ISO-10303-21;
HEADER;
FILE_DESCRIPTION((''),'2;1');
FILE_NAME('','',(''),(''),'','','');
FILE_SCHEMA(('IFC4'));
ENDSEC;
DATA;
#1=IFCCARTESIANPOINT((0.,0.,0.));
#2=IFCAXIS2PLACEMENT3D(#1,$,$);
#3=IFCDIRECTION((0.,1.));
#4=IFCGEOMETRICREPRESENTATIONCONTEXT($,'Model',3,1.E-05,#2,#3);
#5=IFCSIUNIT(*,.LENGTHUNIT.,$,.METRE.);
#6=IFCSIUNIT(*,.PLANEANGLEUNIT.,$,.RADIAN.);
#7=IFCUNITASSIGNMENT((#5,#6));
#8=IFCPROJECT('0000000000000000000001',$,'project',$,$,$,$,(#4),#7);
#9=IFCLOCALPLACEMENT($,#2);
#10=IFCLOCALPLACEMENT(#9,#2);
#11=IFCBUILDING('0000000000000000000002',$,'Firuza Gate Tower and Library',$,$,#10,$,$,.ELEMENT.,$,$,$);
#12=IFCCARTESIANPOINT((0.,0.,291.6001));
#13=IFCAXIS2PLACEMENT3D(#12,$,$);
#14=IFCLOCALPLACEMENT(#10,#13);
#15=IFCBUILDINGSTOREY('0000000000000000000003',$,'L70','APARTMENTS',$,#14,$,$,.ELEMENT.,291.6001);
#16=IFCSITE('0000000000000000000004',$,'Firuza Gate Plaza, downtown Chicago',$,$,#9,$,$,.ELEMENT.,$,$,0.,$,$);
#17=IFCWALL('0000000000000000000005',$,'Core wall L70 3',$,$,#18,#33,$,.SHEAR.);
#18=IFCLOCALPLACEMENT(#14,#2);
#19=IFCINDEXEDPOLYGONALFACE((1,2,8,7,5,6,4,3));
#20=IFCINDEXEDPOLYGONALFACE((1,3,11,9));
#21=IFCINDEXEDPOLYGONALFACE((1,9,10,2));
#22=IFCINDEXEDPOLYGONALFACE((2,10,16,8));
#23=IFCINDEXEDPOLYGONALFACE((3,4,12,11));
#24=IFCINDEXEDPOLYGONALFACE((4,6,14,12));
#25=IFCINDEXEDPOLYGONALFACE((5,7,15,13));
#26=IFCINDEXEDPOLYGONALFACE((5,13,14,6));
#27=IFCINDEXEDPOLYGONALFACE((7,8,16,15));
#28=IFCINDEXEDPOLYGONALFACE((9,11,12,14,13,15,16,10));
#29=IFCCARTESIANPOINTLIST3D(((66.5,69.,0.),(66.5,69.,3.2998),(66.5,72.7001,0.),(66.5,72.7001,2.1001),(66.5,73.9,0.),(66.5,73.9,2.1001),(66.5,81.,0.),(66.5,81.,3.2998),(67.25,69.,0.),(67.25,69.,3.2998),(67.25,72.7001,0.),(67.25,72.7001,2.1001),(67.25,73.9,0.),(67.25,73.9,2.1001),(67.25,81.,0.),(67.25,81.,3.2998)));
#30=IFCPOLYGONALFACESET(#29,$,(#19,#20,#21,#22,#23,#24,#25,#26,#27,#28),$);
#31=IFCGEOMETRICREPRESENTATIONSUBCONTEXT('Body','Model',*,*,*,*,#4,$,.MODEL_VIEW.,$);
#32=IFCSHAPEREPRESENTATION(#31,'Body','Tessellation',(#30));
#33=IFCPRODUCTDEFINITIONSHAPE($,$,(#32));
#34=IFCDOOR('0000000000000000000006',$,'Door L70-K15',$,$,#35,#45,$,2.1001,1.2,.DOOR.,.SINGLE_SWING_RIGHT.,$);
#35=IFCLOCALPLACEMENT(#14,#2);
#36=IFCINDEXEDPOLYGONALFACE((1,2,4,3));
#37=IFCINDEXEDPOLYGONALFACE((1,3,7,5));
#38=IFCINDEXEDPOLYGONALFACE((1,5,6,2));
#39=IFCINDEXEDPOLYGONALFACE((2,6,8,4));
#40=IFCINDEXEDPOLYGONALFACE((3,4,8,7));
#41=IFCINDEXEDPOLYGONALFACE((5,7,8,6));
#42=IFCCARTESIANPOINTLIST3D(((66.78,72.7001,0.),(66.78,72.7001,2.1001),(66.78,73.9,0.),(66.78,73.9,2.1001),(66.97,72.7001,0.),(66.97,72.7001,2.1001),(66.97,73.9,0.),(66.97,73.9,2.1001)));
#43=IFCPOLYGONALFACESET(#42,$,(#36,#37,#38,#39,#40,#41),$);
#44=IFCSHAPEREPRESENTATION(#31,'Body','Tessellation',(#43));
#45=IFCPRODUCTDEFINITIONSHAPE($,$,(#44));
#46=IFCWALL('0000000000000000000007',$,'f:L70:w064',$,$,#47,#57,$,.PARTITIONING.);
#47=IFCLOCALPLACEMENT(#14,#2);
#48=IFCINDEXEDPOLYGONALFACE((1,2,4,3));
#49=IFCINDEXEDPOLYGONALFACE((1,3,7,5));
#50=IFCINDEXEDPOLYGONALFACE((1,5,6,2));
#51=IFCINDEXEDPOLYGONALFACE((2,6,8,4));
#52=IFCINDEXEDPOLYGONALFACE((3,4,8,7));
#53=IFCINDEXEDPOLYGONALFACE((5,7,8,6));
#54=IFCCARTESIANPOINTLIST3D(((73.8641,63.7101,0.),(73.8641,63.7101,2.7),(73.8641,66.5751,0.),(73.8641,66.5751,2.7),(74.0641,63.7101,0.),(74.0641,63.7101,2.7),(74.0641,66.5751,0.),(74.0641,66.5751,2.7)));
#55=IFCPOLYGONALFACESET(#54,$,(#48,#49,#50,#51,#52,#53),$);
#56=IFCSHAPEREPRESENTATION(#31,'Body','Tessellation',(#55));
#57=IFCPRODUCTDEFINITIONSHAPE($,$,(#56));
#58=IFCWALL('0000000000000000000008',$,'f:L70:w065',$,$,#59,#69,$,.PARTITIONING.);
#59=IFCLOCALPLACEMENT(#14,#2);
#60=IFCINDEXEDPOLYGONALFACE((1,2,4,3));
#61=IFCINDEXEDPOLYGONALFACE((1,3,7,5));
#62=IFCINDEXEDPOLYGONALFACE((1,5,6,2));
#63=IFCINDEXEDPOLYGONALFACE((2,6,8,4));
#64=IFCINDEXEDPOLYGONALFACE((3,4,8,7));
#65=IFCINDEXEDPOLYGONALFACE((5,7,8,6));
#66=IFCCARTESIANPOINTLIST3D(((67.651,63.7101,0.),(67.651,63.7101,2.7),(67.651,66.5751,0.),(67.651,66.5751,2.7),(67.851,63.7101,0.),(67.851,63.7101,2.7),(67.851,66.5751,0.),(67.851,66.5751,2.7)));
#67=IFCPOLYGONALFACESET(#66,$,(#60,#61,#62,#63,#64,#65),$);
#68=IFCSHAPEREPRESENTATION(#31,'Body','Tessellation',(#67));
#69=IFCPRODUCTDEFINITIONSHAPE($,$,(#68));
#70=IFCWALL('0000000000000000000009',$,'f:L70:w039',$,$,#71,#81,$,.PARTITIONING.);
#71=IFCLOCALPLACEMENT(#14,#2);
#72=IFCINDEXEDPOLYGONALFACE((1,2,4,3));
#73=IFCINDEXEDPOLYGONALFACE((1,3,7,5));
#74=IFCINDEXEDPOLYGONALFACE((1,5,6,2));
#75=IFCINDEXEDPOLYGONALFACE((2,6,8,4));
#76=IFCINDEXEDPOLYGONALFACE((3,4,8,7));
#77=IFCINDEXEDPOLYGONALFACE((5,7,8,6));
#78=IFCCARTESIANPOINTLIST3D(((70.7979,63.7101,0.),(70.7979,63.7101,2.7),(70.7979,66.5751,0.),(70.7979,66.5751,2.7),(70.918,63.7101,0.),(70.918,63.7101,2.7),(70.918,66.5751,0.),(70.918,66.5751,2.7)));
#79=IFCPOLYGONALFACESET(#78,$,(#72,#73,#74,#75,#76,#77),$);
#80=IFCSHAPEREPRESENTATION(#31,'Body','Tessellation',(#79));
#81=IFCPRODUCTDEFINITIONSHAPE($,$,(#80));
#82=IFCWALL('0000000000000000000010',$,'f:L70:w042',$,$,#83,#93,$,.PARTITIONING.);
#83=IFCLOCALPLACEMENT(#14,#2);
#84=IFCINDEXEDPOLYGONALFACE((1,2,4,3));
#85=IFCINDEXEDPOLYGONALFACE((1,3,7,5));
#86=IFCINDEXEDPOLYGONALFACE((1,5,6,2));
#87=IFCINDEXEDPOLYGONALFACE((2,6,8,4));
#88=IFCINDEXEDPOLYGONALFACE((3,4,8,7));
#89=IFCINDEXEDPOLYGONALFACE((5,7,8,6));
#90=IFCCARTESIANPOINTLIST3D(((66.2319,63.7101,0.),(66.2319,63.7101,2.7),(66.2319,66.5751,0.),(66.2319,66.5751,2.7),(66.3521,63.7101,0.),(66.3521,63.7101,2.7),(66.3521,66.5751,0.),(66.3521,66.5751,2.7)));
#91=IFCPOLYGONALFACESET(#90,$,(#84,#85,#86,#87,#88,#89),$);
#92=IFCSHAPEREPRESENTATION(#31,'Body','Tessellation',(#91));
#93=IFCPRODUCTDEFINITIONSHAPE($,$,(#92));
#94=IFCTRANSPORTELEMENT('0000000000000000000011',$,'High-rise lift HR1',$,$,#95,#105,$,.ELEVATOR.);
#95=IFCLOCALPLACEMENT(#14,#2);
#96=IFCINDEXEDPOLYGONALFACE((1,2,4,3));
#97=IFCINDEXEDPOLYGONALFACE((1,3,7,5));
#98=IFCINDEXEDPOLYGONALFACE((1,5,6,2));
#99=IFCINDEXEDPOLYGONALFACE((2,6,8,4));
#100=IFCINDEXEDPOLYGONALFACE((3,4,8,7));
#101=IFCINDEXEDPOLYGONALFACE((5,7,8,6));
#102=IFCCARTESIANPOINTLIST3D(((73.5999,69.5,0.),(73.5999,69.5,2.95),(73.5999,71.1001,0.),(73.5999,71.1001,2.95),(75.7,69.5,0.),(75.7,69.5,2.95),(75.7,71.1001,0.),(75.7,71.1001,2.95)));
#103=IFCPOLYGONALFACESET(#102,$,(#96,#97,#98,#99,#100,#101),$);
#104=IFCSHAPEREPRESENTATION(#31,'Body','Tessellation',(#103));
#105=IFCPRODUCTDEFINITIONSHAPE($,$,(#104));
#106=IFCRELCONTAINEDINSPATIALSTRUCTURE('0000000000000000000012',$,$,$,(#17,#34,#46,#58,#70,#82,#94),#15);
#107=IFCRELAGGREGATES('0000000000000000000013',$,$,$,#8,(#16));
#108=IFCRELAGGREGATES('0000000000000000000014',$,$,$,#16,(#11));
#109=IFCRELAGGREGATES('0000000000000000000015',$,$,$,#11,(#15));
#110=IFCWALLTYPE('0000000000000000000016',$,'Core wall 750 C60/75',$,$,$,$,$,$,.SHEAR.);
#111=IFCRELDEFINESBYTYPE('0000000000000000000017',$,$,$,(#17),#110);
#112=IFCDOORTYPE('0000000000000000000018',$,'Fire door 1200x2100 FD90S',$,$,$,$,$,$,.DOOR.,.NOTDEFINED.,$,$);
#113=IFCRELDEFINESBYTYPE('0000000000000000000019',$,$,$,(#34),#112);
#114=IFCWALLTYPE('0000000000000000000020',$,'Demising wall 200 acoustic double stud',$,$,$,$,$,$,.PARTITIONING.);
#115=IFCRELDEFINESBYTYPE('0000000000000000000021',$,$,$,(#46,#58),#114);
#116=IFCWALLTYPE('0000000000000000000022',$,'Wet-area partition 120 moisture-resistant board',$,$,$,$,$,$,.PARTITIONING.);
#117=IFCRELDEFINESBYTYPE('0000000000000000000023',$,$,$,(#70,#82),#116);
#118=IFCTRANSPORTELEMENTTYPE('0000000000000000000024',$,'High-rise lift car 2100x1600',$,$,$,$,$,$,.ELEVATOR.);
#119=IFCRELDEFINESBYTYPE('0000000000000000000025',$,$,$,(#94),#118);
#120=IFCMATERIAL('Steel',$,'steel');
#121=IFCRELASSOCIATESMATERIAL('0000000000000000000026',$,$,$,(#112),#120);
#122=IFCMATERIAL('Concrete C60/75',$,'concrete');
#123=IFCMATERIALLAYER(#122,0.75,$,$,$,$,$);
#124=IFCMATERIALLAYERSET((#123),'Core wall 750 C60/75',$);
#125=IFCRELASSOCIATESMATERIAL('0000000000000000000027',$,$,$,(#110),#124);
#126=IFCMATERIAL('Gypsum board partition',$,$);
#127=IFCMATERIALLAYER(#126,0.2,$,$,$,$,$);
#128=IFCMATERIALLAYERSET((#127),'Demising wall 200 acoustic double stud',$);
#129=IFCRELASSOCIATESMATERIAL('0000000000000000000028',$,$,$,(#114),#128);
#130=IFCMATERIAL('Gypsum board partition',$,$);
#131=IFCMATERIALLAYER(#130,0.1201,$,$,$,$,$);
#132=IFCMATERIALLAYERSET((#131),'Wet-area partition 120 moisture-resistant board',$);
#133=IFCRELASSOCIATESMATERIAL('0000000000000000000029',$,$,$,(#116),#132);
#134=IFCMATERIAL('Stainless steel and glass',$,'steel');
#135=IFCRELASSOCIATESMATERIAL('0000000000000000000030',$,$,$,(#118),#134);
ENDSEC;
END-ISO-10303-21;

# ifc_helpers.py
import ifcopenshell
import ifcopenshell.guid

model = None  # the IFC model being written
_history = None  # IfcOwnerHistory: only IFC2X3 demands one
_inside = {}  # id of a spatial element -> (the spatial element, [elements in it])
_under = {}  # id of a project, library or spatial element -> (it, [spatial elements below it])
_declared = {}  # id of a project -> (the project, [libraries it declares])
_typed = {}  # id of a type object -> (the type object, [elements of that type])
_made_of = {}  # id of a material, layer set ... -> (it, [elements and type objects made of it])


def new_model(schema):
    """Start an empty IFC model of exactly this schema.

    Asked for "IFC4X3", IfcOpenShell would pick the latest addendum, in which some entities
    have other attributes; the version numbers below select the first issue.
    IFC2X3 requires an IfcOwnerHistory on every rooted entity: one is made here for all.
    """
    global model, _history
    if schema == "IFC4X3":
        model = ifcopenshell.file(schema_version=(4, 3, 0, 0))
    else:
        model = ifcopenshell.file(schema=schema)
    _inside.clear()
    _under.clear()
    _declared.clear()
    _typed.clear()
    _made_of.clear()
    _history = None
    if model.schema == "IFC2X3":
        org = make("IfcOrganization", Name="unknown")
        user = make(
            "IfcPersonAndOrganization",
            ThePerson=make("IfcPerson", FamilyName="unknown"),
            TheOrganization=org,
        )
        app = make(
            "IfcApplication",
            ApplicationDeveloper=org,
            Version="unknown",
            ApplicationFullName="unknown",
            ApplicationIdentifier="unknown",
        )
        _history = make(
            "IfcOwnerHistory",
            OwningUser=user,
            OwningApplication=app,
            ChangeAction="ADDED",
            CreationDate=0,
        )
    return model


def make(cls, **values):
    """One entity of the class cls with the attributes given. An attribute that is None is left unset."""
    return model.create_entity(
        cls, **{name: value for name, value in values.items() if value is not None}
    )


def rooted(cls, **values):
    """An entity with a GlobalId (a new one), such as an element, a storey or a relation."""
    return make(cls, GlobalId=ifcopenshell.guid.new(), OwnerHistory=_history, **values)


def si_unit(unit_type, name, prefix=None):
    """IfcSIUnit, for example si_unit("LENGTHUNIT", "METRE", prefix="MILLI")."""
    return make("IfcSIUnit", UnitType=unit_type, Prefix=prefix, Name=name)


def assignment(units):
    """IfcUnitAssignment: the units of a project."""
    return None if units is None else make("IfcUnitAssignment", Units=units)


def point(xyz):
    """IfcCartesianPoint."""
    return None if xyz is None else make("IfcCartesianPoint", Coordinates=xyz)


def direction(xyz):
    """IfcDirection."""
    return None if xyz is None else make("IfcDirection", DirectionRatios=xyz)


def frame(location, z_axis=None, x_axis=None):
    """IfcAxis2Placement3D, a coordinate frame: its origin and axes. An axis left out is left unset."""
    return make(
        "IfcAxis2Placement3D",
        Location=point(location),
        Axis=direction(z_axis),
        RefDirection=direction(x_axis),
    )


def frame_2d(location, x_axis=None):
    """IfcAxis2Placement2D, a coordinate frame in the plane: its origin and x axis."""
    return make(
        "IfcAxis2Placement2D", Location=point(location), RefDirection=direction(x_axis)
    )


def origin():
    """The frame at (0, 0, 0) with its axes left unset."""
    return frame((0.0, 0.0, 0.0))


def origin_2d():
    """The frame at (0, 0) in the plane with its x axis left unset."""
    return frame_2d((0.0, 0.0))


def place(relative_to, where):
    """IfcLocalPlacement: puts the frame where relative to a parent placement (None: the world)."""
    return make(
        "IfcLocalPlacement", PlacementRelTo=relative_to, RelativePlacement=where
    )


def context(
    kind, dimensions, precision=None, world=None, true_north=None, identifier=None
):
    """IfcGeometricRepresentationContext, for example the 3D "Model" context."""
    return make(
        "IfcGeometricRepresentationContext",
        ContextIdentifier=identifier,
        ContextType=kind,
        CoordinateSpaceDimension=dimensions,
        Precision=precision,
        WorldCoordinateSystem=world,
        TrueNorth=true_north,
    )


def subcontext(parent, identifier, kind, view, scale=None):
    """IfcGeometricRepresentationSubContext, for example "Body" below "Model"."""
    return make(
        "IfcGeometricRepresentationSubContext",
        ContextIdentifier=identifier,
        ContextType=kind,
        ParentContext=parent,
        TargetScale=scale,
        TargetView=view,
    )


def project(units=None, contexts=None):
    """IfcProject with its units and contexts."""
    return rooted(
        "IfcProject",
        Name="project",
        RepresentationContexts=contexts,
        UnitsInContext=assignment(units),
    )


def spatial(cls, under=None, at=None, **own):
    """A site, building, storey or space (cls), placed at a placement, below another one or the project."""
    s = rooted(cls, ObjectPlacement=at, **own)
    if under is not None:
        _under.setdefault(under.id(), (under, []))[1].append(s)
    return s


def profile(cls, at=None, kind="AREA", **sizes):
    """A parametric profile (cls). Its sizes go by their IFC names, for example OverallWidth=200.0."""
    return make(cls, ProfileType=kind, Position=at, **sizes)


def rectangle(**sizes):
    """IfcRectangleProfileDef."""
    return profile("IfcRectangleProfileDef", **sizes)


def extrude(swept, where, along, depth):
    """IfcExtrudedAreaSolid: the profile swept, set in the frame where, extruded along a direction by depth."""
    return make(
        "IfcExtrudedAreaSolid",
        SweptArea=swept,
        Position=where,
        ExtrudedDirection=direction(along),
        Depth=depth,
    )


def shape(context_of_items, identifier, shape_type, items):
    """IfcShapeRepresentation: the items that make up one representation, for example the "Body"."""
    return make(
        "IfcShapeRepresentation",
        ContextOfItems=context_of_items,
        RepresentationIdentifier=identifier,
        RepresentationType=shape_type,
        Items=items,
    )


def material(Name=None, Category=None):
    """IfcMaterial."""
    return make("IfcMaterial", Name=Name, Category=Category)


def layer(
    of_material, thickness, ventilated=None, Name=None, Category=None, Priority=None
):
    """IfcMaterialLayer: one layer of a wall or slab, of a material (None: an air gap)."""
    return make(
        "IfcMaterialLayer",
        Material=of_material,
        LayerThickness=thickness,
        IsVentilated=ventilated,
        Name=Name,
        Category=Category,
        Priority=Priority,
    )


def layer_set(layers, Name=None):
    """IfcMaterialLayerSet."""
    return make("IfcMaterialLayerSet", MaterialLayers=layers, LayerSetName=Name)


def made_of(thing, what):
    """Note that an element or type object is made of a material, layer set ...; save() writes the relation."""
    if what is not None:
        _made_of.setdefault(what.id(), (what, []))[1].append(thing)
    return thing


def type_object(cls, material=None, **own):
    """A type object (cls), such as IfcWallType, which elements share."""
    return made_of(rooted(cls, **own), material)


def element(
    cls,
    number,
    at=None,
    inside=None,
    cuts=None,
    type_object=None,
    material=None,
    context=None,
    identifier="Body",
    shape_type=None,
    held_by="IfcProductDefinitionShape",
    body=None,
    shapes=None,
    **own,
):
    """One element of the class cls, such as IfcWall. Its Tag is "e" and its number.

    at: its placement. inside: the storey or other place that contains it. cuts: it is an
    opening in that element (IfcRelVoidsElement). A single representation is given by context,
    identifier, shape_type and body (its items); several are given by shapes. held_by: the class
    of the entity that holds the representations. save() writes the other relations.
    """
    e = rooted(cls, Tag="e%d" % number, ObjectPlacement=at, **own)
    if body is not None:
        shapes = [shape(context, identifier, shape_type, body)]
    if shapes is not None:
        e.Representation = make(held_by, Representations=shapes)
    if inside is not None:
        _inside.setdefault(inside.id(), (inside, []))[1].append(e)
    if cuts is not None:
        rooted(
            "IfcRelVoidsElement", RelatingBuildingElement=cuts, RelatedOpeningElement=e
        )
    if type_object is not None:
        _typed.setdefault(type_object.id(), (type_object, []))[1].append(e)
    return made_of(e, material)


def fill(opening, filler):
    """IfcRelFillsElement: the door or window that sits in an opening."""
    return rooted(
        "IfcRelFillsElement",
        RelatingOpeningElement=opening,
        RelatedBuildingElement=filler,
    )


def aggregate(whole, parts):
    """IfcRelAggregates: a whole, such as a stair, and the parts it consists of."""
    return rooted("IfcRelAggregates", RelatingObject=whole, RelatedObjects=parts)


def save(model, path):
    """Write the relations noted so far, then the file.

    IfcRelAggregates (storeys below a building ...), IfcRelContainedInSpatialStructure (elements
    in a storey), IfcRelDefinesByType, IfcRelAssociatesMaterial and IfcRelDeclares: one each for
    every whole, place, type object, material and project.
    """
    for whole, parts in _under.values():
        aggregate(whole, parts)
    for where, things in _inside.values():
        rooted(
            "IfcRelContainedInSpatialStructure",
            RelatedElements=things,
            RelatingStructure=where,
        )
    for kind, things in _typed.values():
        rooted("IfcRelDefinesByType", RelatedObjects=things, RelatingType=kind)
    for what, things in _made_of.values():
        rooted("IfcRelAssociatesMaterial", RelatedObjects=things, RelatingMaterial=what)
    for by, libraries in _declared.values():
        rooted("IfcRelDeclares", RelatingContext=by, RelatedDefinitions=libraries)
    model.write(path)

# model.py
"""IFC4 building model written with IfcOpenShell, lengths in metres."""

from ifc_helpers import new_model, si_unit, direction, frame, frame_2d, origin, origin_2d, place, context, subcontext, project, spatial, rectangle, extrude, material, layer, layer_set, type_object, element, fill, save


model = new_model("IFC4")

# Units and contexts
model_context = context("Model", 3, precision=1e-05, world=origin(), true_north=direction((0.0, 1.0)))
body_context = subcontext(model_context, "Body", "Model", "MODEL_VIEW")
ifc_project = project(units=[si_unit("LENGTHUNIT", "METRE"), si_unit("PLANEANGLEUNIT", "RADIAN")], contexts=[model_context])

# Site, building, storey
site_placement = place(None, origin())
site = spatial("IfcSite", under=ifc_project, at=site_placement, Name="Firuza Gate Plaza, downtown Chicago", CompositionType="ELEMENT", RefElevation=0.0)
building_placement = place(site_placement, origin())
building = spatial("IfcBuilding", under=site, at=building_placement, Name="Firuza Gate Tower and Library", CompositionType="ELEMENT")
storey_placement = place(building_placement, frame((0.0, 0.0, 291.6001)))
storey = spatial("IfcBuildingStorey", under=building, at=storey_placement, Name="L70", Description="APARTMENTS", CompositionType="ELEMENT", Elevation=291.6001)

# Shared definitions
ifc_material_1 = material(Name="Steel", Category="steel")
door_type_1 = type_object("IfcDoorType", Name="Fire door 1200x2100 FD90S", OperationType="NOTDEFINED", PredefinedType="DOOR", material=ifc_material_1)

# Wall, opening, door
ifc_material_2 = material(Name="Concrete C60/75", Category="concrete")
ifc_layer_1 = layer(ifc_material_2, 0.75)
ifc_layer_set_1 = layer_set([ifc_layer_1], Name="Core wall 750 C60/75")
wall_type_1 = type_object("IfcWallType", Name="Core wall 750 C60/75", PredefinedType="SHEAR", material=ifc_layer_set_1)
wall_1_placement = place(storey_placement, frame((66.875, 69.0, 0.0), z_axis=(0.0, 0.0, 1.0), x_axis=(0.0, 1.0, 0.0)))
wall_1 = element("IfcWall", 1, at=wall_1_placement, inside=storey, type_object=wall_type_1, Name="Core wall L70 3", PredefinedType="SHEAR", context=body_context, shape_type="SweptSolid", body=[
    extrude(rectangle(XDim=12.0, YDim=0.75, at=frame_2d((6.0, 0.0))), origin(), (0.0, 0.0, 1.0), 3.2998),
])
opening_1_placement = place(wall_1_placement, frame((3.7, 0.0, 0.0)))
opening_1 = element("IfcOpeningElement", 2, at=opening_1_placement, cuts=wall_1, PredefinedType="OPENING", context=body_context, shape_type="SweptSolid", body=[
    extrude(rectangle(XDim=1.2, YDim=2.1001, at=frame_2d((0.6001, 1.05))), frame((0.0, 0.385, 0.0), z_axis=(0.0, -1.0, 0.0), x_axis=(1.0, 0.0, 0.0)), (0.0, 0.0, 1.0), 0.77),
])
door_1_placement = place(opening_1_placement, origin())
door_1 = element("IfcDoor", 3, at=door_1_placement, inside=storey, type_object=door_type_1, Name="Door L70-K15", OperationType="SINGLE_SWING_RIGHT", OverallHeight=2.1001, OverallWidth=1.2, PredefinedType="DOOR", context=body_context, shape_type="SweptSolid", body=[
    extrude(rectangle(XDim=1.2, YDim=2.1001, at=frame_2d((0.6001, 1.05))), frame((0.0, 0.095, 0.0), z_axis=(0.0, -1.0, 0.0), x_axis=(1.0, 0.0, 0.0)), (0.0, 0.0, 1.0), 0.1899),
])
fill(opening_1, door_1)

# Walls
ifc_material_3 = material(Name="Gypsum board partition")
ifc_layer_2 = layer(ifc_material_3, 0.2)
ifc_layer_set_2 = layer_set([ifc_layer_2], Name="Demising wall 200 acoustic double stud")
wall_type_2 = type_object("IfcWallType", Name="Demising wall 200 acoustic double stud", PredefinedType="PARTITIONING", material=ifc_layer_set_2)
for number, where, z_axis, x_axis, name in (
    (4, (73.9641, 63.71, 0.0), (0.0, 0.0, 1.0), (0.0, 1.0, 0.0), "f:L70:w064"),
    (5, (67.751, 63.71, 0.0), (0.0, 0.0, 1.0), (0.0, 1.0, 0.0), "f:L70:w065"),
):
    element("IfcWall", number, at=place(storey_placement, frame(where, z_axis=z_axis, x_axis=x_axis)), inside=storey, type_object=wall_type_2, Name=name, PredefinedType="PARTITIONING", context=body_context, shape_type="SweptSolid", body=[
        extrude(rectangle(XDim=2.865, YDim=0.2, at=frame_2d((1.4326, 0.0))), origin(), (0.0, 0.0, 1.0), 2.7),
    ])
ifc_material_4 = material(Name="Gypsum board partition")
ifc_layer_3 = layer(ifc_material_4, 0.1201)
ifc_layer_set_3 = layer_set([ifc_layer_3], Name="Wet-area partition 120 moisture-resistant board")
wall_type_3 = type_object("IfcWallType", Name="Wet-area partition 120 moisture-resistant board", PredefinedType="PARTITIONING", material=ifc_layer_set_3)
for number, where, z_axis, x_axis, name in (
    (6, (70.8579, 63.71, 0.0), (0.0, 0.0, 1.0), (0.0, 1.0, 0.0), "f:L70:w039"),
    (7, (66.292, 63.71, 0.0), (0.0, 0.0, 1.0), (0.0, 1.0, 0.0), "f:L70:w042"),
):
    element("IfcWall", number, at=place(storey_placement, frame(where, z_axis=z_axis, x_axis=x_axis)), inside=storey, type_object=wall_type_3, Name=name, PredefinedType="PARTITIONING", context=body_context, shape_type="SweptSolid", body=[
        extrude(rectangle(XDim=2.865, YDim=0.1201, at=frame_2d((1.4326, 0.0))), origin(), (0.0, 0.0, 1.0), 2.7),
    ])

# Transport element
ifc_material_5 = material(Name="Stainless steel and glass", Category="steel")
transport_element_type = type_object("IfcTransportElementType", Name="High-rise lift car 2100x1600", PredefinedType="ELEVATOR", material=ifc_material_5)
transport_element_placement = place(storey_placement, frame((74.6499, 70.3, 0.0), z_axis=(0.0, 0.0, 1.0), x_axis=(1.0, 0.0, 0.0)))
element("IfcTransportElement", 8, at=transport_element_placement, inside=storey, type_object=transport_element_type, Name="High-rise lift HR1", PredefinedType="ELEVATOR", context=body_context, shape_type="SweptSolid", body=[
    extrude(rectangle(XDim=2.1001, YDim=1.6001, at=origin_2d()), origin(), (0.0, 0.0, 1.0), 2.95),
])

save(model, "model.ifc")
